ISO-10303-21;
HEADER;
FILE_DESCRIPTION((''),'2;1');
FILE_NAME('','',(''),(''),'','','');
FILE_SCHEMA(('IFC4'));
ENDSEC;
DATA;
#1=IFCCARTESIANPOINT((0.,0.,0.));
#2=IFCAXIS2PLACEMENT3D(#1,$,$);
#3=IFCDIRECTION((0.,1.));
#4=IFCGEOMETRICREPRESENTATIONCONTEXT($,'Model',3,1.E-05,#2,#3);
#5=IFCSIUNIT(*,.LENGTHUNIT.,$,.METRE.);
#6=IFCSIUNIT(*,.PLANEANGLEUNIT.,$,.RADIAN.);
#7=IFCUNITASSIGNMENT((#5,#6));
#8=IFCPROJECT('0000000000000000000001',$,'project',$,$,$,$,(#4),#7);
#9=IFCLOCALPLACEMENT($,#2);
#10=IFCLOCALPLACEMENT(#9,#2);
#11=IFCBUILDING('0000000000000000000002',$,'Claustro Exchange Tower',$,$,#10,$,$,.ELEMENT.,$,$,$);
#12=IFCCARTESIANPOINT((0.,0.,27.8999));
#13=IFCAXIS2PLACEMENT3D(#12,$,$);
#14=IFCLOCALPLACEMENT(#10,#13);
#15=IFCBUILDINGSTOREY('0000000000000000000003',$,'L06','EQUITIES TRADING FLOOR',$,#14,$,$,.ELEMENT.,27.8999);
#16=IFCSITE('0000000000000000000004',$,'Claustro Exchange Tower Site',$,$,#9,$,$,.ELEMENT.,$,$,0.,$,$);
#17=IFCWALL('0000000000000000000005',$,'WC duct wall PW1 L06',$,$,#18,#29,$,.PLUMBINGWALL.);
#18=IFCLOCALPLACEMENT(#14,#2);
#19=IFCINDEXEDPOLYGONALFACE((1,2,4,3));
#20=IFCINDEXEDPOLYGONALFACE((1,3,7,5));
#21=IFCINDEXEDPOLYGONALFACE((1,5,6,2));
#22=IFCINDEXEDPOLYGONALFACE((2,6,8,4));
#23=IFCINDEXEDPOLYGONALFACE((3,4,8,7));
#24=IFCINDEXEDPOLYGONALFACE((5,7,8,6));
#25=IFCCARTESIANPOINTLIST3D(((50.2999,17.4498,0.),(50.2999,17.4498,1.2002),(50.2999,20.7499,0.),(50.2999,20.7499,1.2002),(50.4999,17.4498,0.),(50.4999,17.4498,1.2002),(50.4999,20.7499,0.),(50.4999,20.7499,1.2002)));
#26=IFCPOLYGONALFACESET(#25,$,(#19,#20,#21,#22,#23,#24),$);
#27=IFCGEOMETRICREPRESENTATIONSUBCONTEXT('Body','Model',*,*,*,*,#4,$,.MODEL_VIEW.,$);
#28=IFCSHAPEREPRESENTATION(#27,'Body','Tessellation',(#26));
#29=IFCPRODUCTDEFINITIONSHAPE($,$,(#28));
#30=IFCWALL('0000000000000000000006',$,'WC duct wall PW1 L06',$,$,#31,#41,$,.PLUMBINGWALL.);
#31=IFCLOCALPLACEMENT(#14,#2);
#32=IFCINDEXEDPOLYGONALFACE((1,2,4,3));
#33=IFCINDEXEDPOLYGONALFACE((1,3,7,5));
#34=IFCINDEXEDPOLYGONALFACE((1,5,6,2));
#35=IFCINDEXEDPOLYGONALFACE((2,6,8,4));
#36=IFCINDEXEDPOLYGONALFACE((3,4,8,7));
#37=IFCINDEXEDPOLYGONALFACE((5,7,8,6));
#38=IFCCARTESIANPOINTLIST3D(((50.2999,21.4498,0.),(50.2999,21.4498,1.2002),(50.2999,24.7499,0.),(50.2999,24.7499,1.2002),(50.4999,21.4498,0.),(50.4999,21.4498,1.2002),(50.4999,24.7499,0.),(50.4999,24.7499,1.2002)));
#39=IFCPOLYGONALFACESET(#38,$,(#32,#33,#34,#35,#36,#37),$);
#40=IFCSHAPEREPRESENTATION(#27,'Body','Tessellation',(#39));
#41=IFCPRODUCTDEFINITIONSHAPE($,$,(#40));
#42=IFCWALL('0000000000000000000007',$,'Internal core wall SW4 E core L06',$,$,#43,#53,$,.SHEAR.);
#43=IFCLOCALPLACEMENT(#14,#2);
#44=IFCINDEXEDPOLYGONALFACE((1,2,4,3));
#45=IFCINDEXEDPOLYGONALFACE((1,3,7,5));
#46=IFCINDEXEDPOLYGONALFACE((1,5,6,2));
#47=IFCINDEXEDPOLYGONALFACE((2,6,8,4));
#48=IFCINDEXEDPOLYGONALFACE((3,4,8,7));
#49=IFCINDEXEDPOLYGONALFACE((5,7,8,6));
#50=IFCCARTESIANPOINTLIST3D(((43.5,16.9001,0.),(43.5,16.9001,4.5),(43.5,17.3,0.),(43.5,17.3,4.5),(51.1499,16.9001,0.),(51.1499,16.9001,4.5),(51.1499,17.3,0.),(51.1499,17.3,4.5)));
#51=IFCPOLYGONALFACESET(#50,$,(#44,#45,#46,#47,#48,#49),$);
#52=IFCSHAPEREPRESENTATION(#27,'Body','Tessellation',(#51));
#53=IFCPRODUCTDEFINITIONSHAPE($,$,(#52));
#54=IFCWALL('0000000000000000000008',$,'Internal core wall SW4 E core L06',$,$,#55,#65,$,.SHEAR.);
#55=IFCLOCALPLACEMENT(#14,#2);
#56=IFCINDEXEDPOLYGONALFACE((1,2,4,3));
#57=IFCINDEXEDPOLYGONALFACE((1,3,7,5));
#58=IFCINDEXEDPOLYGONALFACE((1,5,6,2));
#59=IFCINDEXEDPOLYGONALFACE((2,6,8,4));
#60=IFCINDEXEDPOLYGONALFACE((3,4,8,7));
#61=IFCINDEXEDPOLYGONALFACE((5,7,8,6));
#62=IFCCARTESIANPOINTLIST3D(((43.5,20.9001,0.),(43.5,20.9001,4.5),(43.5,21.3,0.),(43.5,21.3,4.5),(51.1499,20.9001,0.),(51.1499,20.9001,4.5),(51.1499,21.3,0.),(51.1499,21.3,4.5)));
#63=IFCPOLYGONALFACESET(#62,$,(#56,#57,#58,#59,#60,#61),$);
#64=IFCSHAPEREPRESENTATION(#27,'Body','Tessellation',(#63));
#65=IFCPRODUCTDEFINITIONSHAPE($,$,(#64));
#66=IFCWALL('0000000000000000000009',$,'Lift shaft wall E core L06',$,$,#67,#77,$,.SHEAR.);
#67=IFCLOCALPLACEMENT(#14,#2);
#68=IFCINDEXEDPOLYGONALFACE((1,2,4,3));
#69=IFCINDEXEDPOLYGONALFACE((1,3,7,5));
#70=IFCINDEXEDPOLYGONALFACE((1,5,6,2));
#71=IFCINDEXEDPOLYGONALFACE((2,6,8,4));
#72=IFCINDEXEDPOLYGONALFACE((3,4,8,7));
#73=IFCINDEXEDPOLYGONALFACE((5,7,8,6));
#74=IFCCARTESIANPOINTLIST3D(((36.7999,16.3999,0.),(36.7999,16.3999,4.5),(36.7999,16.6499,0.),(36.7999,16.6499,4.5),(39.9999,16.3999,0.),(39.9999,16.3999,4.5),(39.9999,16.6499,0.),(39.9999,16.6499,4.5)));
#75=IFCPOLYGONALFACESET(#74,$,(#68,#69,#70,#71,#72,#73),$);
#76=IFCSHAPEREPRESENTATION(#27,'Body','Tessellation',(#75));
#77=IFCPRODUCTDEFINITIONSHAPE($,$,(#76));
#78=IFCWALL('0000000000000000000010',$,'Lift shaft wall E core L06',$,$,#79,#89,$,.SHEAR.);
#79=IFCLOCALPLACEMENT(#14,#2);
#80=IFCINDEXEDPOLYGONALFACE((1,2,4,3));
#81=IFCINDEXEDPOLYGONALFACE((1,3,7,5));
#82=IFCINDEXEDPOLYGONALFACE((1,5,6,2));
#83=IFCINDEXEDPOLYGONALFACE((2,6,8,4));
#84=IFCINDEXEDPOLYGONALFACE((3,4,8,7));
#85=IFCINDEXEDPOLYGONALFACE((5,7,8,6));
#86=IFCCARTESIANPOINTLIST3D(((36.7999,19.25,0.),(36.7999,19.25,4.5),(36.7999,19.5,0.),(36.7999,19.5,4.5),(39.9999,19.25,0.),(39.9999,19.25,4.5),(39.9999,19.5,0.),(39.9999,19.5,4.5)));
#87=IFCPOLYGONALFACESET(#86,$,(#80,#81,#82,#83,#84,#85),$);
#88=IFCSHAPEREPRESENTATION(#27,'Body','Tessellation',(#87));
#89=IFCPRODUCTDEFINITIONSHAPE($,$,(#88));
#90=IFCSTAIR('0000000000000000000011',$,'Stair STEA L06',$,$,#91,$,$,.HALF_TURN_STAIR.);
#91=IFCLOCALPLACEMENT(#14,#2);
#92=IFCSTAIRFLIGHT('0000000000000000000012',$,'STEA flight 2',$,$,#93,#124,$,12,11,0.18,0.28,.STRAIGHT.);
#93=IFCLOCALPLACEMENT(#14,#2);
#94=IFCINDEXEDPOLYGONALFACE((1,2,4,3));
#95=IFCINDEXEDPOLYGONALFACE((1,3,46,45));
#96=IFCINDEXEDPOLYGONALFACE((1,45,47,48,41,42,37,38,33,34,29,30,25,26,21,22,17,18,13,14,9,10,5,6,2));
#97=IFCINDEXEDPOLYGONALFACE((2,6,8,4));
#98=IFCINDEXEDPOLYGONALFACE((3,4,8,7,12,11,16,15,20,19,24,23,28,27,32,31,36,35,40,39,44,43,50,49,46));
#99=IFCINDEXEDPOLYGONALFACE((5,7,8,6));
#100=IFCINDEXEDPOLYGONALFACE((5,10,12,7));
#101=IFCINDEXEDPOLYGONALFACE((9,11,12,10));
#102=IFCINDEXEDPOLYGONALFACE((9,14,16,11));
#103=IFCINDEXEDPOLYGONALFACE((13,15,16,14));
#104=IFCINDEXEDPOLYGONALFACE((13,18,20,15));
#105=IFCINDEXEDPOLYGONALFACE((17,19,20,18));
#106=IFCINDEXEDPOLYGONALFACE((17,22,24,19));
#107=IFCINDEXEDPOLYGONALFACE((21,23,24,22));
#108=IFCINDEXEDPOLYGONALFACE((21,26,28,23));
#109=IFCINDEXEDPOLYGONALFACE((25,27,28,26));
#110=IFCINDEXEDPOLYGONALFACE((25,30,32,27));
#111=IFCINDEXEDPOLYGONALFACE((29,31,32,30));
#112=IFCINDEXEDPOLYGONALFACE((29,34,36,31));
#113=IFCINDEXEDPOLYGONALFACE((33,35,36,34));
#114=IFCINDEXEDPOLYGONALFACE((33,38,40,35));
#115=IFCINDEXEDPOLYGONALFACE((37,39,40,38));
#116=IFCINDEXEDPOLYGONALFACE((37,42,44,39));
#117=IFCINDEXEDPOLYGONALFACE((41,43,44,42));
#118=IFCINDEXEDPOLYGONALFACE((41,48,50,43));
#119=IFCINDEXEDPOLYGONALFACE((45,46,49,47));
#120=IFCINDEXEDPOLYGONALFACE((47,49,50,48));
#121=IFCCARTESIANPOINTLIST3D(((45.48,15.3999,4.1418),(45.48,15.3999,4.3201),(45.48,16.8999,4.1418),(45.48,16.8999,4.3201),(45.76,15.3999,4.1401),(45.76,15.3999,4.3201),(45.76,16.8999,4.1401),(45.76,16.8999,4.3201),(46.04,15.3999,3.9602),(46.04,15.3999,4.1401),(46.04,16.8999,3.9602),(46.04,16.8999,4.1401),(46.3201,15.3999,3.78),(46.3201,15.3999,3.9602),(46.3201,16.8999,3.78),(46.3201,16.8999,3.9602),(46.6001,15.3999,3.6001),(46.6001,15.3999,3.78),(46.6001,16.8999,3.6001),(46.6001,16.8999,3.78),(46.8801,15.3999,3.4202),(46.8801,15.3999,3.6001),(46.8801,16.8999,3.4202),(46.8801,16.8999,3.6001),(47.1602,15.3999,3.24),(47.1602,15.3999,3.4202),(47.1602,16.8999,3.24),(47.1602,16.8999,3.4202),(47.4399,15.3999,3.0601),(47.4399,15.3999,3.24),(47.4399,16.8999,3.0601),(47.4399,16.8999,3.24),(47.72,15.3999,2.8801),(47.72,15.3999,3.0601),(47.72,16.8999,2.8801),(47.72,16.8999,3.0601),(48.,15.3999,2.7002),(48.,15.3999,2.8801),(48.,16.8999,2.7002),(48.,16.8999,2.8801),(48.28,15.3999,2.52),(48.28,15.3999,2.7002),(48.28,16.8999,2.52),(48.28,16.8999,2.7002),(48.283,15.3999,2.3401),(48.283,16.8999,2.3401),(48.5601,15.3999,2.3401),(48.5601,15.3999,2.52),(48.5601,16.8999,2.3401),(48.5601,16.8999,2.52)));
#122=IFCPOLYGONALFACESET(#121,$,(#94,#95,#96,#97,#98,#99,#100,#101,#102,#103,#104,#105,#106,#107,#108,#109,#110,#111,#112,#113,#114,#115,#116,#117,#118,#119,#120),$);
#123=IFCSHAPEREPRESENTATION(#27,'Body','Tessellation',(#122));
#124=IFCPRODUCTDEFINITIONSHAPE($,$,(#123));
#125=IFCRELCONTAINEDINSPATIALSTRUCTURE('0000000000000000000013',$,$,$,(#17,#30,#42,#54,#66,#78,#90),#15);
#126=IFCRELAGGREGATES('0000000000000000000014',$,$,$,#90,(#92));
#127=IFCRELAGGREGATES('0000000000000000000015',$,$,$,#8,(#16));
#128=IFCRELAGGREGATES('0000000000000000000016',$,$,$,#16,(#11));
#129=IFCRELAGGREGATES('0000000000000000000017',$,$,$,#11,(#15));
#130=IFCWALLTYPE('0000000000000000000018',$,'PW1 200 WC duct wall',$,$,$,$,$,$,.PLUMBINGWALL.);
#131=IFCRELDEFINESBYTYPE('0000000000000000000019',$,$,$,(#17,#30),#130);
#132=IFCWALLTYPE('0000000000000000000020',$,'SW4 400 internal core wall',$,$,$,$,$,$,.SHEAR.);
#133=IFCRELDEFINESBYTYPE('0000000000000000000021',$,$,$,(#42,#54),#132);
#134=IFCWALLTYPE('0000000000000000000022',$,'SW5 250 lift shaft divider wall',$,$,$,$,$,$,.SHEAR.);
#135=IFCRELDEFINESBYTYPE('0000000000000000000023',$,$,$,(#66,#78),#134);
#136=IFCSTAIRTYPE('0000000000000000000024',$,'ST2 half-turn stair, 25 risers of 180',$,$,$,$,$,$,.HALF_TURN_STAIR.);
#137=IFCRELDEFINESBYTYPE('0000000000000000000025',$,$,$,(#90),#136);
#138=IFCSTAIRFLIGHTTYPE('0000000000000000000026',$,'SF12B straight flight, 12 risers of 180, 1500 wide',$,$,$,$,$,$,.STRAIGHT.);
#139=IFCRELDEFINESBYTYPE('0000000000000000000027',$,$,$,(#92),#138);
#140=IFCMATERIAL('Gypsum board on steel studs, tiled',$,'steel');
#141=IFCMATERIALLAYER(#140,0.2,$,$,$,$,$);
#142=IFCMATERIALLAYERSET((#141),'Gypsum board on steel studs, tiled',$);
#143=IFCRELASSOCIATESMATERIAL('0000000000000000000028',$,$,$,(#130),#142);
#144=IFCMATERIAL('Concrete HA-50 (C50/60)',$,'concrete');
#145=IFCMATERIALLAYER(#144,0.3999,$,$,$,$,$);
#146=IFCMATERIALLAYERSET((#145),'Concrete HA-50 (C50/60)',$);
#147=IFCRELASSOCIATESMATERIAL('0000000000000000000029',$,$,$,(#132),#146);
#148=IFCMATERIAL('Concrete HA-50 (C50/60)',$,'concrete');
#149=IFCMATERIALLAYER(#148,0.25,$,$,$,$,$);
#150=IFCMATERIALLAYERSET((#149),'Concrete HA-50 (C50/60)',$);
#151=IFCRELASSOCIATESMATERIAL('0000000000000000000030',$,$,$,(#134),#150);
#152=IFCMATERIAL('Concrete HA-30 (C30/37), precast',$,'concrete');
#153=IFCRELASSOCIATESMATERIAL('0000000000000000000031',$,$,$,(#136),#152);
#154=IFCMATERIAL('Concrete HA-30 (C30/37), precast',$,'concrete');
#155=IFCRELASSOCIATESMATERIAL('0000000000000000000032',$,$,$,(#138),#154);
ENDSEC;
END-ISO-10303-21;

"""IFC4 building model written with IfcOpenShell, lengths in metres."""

from ifc_helpers import new_model, si_unit, direction, frame, frame_2d, origin, place, context, subcontext, project, spatial, polyline, rectangle, outline, extrude, material, layer, layer_set, type_object, element, aggregate, save


model = new_model("IFC4")

# Units and contexts
model_context = context("Model", 3, precision=1e-05, world=origin(), true_north=direction((0.0, 1.0)))
body_context = subcontext(model_context, "Body", "Model", "MODEL_VIEW")
ifc_project = project(units=[si_unit("LENGTHUNIT", "METRE"), si_unit("PLANEANGLEUNIT", "RADIAN")], contexts=[model_context])

# Site, building, storey
site_placement = place(None, origin())
site = spatial("IfcSite", under=ifc_project, at=site_placement, Name="Claustro Exchange Tower Site", CompositionType="ELEMENT", RefElevation=0.0)
building_placement = place(site_placement, origin())
building = spatial("IfcBuilding", under=site, at=building_placement, Name="Claustro Exchange Tower", CompositionType="ELEMENT")
storey_placement = place(building_placement, frame((0.0, 0.0, 27.8999)))
storey = spatial("IfcBuildingStorey", under=building, at=storey_placement, Name="L06", Description="EQUITIES TRADING FLOOR", CompositionType="ELEMENT", Elevation=27.8999)

# Walls
ifc_material_1 = material(Name="Gypsum board on steel studs, tiled", Category="steel")
ifc_layer_1 = layer(ifc_material_1, 0.2)
ifc_layer_set_1 = layer_set([ifc_layer_1], Name="Gypsum board on steel studs, tiled")
wall_type_1 = type_object("IfcWallType", Name="PW1 200 WC duct wall", PredefinedType="PLUMBINGWALL", material=ifc_layer_set_1)
for number, where, z_axis, x_axis, name in (
    (1, (50.3999, 17.45, 0.0), (0.0, 0.0, 1.0), (0.0, 1.0, 0.0), "WC duct wall PW1 L06"),
    (2, (50.3999, 21.45, 0.0), (0.0, 0.0, 1.0), (0.0, 1.0, 0.0), "WC duct wall PW1 L06"),
):
    element("IfcWall", number, at=place(storey_placement, frame(where, z_axis=z_axis, x_axis=x_axis)), inside=storey, type_object=wall_type_1, Name=name, PredefinedType="PLUMBINGWALL", context=body_context, shape_type="SweptSolid", body=[
        extrude(rectangle(XDim=3.3, YDim=0.2, at=frame_2d((1.6499, 0.0))), origin(), (0.0, 0.0, 1.0), 1.2002),
    ])
ifc_material_2 = material(Name="Concrete HA-50 (C50/60)", Category="concrete")
ifc_layer_2 = layer(ifc_material_2, 0.3999)
ifc_layer_set_2 = layer_set([ifc_layer_2], Name="Concrete HA-50 (C50/60)")
wall_type_2 = type_object("IfcWallType", Name="SW4 400 internal core wall", PredefinedType="SHEAR", material=ifc_layer_set_2)
for number, where, z_axis, x_axis, name in (
    (3, (51.1499, 17.1001, 0.0), (0.0, 0.0, 1.0), (-1.0, 0.0, 0.0), "Internal core wall SW4 E core L06"),
    (4, (51.1499, 21.1001, 0.0), (0.0, 0.0, 1.0), (-1.0, 0.0, 0.0), "Internal core wall SW4 E core L06"),
):
    element("IfcWall", number, at=place(storey_placement, frame(where, z_axis=z_axis, x_axis=x_axis)), inside=storey, type_object=wall_type_2, Name=name, PredefinedType="SHEAR", context=body_context, shape_type="SweptSolid", body=[
        extrude(rectangle(XDim=7.6499, YDim=0.3999, at=frame_2d((3.825, 0.0))), origin(), (0.0, 0.0, 1.0), 4.5),
    ])
ifc_material_3 = material(Name="Concrete HA-50 (C50/60)", Category="concrete")
ifc_layer_3 = layer(ifc_material_3, 0.25)
ifc_layer_set_3 = layer_set([ifc_layer_3], Name="Concrete HA-50 (C50/60)")
wall_type_3 = type_object("IfcWallType", Name="SW5 250 lift shaft divider wall", PredefinedType="SHEAR", material=ifc_layer_set_3)
for number, where, z_axis, x_axis, name in (
    (5, (40.0, 16.5249, 0.0), (0.0, 0.0, 1.0), (-1.0, 0.0, 0.0), "Lift shaft wall E core L06"),
    (6, (40.0, 19.375, 0.0), (0.0, 0.0, 1.0), (-1.0, 0.0, 0.0), "Lift shaft wall E core L06"),
):
    element("IfcWall", number, at=place(storey_placement, frame(where, z_axis=z_axis, x_axis=x_axis)), inside=storey, type_object=wall_type_3, Name=name, PredefinedType="SHEAR", context=body_context, shape_type="SweptSolid", body=[
        extrude(rectangle(XDim=3.2, YDim=0.25, at=frame_2d((1.6001, 0.0))), origin(), (0.0, 0.0, 1.0), 4.5),
    ])

# Stair, stair flight
ifc_material_4 = material(Name="Concrete HA-30 (C30/37), precast", Category="concrete")
stair_type = type_object("IfcStairType", Name="ST2 half-turn stair, 25 risers of 180", PredefinedType="HALF_TURN_STAIR", material=ifc_material_4)
stair_placement = place(storey_placement, origin())
stair = element("IfcStair", 7, at=stair_placement, inside=storey, type_object=stair_type, Name="Stair STEA L06", PredefinedType="HALF_TURN_STAIR")
ifc_material_5 = material(Name="Concrete HA-30 (C30/37), precast", Category="concrete")
stair_flight_type = type_object("IfcStairFlightType", Name="SF12B straight flight, 12 risers of 180, 1500 wide", PredefinedType="STRAIGHT", material=ifc_material_5)
stair_flight_placement = place(storey_placement, frame((48.5601, 16.1499, 2.3401), z_axis=(0.0, 0.0, 1.0), x_axis=(-1.0, 0.0, 0.0)))
stair_flight = element("IfcStairFlight", 8, at=stair_flight_placement, type_object=stair_flight_type, Name="STEA flight 2", NumberOfRisers=12, NumberOfTreads=11, PredefinedType="STRAIGHT", RiserHeight=0.18, TreadLength=0.28, context=body_context, shape_type="SweptSolid", body=[
    extrude(outline(polyline([(0.0, 0.0), (0.0, 0.1799), (0.28, 0.1799), (0.28, 0.3601), (0.5601, 0.3601), (0.5601, 0.54), (0.8401, 0.54), (0.8401, 0.72), (1.1201, 0.72), (1.1201, 0.8999), (1.3999, 0.8999), (1.3999, 1.0801), (1.6799, 1.0801), (1.6799, 1.26), (1.96, 1.26), (1.96, 1.4399), (2.24, 1.4399), (2.24, 1.6201), (2.52, 1.6201), (2.52, 1.8), (2.8, 1.8), (2.8, 1.98), (3.0801, 1.98), (3.0801, 2.1599), (3.0801, 1.8018), (0.2771, 0.0), (0.0, 0.0)])), frame((0.0, 0.75, 0.0), z_axis=(0.0, -1.0, 0.0), x_axis=(1.0, 0.0, 0.0)), (0.0, 0.0, 1.0), 1.5),
])
aggregate(stair, [stair_flight])

save(model, "model.ifc")
